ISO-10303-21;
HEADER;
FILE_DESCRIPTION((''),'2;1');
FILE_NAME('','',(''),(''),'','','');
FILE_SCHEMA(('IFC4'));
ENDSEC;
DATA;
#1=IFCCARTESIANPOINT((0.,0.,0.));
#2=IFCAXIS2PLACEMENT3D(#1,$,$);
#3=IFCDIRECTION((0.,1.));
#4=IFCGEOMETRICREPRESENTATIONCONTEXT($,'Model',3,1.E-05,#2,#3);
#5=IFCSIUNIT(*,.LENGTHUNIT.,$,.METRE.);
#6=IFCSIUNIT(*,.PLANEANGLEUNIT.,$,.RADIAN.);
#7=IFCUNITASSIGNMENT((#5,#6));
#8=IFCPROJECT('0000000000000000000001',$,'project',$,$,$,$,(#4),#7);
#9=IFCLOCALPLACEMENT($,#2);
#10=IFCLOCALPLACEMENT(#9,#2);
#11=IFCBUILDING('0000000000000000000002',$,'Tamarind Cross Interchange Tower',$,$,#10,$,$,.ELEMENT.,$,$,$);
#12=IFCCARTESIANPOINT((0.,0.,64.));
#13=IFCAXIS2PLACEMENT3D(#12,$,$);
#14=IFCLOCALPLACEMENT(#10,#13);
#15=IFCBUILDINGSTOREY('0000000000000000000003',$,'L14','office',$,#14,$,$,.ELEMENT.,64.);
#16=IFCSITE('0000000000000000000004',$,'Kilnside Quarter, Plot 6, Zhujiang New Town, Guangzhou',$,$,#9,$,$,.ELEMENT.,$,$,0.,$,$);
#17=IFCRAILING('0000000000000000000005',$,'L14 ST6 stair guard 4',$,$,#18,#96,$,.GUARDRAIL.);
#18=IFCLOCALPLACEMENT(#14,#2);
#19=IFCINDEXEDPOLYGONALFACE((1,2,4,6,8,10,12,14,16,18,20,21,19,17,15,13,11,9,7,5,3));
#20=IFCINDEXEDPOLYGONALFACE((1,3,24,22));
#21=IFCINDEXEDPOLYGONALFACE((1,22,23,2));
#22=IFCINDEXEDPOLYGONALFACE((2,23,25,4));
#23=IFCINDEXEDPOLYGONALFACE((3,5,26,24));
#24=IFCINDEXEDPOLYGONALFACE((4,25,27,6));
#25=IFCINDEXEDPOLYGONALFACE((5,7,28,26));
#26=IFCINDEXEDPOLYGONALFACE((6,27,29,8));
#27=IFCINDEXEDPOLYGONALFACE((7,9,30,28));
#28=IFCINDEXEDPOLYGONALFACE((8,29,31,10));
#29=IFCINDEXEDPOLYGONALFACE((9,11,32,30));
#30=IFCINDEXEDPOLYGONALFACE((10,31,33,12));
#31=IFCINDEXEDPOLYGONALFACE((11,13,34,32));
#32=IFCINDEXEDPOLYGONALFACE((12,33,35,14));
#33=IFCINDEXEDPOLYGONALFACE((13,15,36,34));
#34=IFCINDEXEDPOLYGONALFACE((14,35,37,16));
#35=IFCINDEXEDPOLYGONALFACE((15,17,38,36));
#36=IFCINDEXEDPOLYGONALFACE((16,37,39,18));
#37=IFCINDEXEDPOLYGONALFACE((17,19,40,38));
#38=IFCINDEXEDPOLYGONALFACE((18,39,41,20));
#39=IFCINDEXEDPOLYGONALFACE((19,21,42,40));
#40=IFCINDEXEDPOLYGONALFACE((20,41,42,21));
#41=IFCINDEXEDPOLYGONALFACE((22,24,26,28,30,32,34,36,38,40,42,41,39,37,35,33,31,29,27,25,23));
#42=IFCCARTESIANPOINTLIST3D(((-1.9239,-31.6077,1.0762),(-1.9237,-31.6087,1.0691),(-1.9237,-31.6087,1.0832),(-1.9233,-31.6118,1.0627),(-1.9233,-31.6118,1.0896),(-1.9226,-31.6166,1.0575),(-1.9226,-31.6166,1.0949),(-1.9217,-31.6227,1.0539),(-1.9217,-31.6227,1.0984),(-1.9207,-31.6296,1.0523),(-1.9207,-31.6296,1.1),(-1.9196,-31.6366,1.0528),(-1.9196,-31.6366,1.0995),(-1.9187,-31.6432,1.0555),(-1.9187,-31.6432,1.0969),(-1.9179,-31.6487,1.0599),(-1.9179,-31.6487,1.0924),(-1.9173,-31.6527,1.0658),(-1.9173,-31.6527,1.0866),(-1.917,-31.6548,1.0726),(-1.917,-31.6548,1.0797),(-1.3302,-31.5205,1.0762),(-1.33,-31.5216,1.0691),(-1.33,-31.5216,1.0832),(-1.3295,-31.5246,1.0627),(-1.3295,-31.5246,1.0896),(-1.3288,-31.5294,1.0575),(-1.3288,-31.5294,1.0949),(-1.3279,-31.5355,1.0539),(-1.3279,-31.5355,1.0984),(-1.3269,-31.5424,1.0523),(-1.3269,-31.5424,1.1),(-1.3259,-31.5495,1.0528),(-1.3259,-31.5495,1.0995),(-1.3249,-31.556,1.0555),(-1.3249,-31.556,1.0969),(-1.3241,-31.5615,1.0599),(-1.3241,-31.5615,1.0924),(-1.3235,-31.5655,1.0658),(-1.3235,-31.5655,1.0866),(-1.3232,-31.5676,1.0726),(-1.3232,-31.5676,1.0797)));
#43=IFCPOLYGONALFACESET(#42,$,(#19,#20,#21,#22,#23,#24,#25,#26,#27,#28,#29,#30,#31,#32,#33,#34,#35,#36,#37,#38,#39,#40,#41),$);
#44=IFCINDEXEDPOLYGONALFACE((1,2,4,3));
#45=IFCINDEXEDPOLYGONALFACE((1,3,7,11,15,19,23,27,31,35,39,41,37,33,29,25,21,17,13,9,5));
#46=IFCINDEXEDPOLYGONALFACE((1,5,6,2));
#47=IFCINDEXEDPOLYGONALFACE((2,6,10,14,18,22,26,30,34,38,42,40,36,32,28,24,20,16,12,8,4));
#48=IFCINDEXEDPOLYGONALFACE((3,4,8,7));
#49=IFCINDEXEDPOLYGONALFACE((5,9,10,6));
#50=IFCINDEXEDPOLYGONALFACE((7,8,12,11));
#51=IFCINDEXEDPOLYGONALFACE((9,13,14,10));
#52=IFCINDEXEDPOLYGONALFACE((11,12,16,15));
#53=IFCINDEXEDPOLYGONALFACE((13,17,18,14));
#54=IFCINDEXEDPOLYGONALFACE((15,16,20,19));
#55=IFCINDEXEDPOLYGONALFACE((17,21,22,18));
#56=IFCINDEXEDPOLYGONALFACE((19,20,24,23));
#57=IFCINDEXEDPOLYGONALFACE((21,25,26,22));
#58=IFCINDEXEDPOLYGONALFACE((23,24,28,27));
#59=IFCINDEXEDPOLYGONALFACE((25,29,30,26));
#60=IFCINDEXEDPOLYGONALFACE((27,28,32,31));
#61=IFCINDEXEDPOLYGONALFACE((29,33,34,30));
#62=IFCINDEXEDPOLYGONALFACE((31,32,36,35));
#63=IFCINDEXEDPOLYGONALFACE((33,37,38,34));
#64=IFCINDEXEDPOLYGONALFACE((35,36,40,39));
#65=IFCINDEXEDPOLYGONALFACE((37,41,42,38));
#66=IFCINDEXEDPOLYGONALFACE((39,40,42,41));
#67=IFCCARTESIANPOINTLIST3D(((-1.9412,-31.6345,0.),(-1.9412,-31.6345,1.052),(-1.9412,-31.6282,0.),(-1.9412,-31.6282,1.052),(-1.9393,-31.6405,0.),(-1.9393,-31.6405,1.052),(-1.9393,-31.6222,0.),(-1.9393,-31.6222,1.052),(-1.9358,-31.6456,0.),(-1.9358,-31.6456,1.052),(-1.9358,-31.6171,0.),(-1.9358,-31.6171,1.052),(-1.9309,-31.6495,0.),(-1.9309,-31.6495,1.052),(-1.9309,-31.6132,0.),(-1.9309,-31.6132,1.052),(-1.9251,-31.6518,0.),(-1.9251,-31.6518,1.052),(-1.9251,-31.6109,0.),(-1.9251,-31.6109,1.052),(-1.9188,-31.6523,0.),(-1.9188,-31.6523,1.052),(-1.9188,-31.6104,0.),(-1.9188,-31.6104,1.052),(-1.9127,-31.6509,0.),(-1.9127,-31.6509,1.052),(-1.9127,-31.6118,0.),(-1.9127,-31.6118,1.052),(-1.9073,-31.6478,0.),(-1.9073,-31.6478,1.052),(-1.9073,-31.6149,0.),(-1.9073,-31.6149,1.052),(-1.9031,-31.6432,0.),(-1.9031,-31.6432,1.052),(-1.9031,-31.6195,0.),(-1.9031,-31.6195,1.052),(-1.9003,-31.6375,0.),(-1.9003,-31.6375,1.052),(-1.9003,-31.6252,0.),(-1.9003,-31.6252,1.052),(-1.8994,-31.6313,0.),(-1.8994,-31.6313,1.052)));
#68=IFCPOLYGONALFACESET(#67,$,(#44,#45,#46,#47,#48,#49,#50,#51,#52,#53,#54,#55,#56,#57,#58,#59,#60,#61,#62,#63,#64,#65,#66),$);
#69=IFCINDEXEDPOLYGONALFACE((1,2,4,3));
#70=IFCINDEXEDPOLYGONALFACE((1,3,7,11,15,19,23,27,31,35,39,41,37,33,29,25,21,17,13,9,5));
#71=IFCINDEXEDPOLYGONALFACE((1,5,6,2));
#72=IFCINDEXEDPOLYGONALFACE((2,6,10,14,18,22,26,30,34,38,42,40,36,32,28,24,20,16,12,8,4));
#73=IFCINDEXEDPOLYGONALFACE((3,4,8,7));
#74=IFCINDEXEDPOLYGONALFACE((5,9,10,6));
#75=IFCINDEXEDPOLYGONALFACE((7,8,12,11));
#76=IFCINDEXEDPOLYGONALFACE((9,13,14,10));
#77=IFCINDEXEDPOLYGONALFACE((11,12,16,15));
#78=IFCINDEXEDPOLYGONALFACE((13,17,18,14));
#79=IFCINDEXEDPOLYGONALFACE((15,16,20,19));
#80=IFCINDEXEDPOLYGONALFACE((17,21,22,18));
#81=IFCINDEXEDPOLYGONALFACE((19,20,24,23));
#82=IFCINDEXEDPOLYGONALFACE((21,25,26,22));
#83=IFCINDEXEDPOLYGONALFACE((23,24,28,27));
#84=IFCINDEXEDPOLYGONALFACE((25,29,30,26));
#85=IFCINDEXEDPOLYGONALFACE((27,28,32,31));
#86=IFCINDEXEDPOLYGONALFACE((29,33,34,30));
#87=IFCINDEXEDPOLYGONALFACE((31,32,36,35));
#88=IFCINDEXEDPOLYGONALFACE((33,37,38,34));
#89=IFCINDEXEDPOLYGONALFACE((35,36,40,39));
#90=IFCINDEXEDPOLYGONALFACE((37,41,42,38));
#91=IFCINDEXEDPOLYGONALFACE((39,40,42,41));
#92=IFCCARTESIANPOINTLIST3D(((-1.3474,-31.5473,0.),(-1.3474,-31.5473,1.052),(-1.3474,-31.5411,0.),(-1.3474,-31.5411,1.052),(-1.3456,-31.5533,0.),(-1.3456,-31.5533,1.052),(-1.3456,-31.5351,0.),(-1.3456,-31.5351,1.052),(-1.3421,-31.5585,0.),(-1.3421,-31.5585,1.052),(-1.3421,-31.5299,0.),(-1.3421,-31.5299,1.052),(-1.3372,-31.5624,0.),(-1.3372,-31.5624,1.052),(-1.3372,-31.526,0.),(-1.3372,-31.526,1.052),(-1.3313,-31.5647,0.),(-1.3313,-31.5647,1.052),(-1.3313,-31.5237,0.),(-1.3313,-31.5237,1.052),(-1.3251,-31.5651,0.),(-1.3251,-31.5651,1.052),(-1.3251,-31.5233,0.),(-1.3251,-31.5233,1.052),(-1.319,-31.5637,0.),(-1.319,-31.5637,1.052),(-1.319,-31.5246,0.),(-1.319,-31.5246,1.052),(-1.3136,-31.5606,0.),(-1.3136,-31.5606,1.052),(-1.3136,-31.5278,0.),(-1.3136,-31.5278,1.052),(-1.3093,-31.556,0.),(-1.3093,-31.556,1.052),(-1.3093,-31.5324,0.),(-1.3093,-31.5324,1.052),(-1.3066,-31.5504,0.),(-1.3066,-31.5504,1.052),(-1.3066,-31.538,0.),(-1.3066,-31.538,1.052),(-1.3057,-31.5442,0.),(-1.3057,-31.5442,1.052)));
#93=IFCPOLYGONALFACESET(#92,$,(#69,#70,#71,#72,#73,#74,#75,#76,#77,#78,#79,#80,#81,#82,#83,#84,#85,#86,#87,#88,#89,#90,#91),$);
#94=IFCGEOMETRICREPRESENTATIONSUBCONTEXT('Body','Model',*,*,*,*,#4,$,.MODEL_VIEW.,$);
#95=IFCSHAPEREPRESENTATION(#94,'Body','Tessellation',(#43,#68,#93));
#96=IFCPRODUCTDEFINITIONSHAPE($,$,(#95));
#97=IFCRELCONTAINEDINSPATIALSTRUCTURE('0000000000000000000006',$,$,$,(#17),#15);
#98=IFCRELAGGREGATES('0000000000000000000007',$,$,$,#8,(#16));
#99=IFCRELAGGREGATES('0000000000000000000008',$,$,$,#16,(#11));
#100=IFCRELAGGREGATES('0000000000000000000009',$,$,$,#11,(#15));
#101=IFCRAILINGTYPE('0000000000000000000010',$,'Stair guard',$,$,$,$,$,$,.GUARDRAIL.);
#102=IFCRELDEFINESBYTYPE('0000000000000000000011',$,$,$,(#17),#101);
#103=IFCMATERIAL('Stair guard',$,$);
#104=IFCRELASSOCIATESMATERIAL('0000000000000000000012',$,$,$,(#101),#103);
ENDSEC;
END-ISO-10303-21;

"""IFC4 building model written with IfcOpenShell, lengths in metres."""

from ifc_helpers import new_model, si_unit, direction, frame, origin, origin_2d, place, context, subcontext, project, spatial, circle, extrude, material, type_object, element, save


model = new_model("IFC4")

# Units and contexts
model_context = context("Model", 3, precision=1e-05, world=origin(), true_north=direction((0.0, 1.0)))
body_context = subcontext(model_context, "Body", "Model", "MODEL_VIEW")
ifc_project = project(units=[si_unit("LENGTHUNIT", "METRE"), si_unit("PLANEANGLEUNIT", "RADIAN")], contexts=[model_context])

# Site, building, storey
site_placement = place(None, origin())
site = spatial("IfcSite", under=ifc_project, at=site_placement, Name="Kilnside Quarter, Plot 6, Zhujiang New Town, Guangzhou", CompositionType="ELEMENT", RefElevation=0.0)
building_placement = place(site_placement, origin())
building = spatial("IfcBuilding", under=site, at=building_placement, Name="Tamarind Cross Interchange Tower", CompositionType="ELEMENT")
storey_placement = place(building_placement, frame((0.0, 0.0, 64.0)))
storey = spatial("IfcBuildingStorey", under=building, at=storey_placement, Name="L14", Description="office", CompositionType="ELEMENT", Elevation=64.0)

# Railing
ifc_material_1 = material(Name="Stair guard")
railing_type_1 = type_object("IfcRailingType", Name="Stair guard", PredefinedType="GUARDRAIL", material=ifc_material_1)
railing_1_placement = place(storey_placement, frame((-1.9204, -31.6313, 0.0)))
element("IfcRailing", 1, at=railing_1_placement, inside=storey, type_object=railing_type_1, Name="L14 ST6 stair guard 4", PredefinedType="GUARDRAIL", context=body_context, shape_type="SweptSolid", body=[
    extrude(circle(Radius=0.0239, at=origin_2d()), frame((0.0, 0.0, 1.0762), z_axis=(0.989397, 0.145236, 0.0), x_axis=(-0.145236, 0.989397, 0.0)), (0.0, 0.0, 1.0), 0.6001),
    extrude(circle(Radius=0.021, at=origin_2d()), origin(), (0.0, 0.0, 1.0), 1.052),
    extrude(circle(Radius=0.021, at=origin_2d()), frame((0.5938, 0.0872, 0.0)), (0.0, 0.0, 1.0), 1.052),
])

save(model, "model.ifc")
